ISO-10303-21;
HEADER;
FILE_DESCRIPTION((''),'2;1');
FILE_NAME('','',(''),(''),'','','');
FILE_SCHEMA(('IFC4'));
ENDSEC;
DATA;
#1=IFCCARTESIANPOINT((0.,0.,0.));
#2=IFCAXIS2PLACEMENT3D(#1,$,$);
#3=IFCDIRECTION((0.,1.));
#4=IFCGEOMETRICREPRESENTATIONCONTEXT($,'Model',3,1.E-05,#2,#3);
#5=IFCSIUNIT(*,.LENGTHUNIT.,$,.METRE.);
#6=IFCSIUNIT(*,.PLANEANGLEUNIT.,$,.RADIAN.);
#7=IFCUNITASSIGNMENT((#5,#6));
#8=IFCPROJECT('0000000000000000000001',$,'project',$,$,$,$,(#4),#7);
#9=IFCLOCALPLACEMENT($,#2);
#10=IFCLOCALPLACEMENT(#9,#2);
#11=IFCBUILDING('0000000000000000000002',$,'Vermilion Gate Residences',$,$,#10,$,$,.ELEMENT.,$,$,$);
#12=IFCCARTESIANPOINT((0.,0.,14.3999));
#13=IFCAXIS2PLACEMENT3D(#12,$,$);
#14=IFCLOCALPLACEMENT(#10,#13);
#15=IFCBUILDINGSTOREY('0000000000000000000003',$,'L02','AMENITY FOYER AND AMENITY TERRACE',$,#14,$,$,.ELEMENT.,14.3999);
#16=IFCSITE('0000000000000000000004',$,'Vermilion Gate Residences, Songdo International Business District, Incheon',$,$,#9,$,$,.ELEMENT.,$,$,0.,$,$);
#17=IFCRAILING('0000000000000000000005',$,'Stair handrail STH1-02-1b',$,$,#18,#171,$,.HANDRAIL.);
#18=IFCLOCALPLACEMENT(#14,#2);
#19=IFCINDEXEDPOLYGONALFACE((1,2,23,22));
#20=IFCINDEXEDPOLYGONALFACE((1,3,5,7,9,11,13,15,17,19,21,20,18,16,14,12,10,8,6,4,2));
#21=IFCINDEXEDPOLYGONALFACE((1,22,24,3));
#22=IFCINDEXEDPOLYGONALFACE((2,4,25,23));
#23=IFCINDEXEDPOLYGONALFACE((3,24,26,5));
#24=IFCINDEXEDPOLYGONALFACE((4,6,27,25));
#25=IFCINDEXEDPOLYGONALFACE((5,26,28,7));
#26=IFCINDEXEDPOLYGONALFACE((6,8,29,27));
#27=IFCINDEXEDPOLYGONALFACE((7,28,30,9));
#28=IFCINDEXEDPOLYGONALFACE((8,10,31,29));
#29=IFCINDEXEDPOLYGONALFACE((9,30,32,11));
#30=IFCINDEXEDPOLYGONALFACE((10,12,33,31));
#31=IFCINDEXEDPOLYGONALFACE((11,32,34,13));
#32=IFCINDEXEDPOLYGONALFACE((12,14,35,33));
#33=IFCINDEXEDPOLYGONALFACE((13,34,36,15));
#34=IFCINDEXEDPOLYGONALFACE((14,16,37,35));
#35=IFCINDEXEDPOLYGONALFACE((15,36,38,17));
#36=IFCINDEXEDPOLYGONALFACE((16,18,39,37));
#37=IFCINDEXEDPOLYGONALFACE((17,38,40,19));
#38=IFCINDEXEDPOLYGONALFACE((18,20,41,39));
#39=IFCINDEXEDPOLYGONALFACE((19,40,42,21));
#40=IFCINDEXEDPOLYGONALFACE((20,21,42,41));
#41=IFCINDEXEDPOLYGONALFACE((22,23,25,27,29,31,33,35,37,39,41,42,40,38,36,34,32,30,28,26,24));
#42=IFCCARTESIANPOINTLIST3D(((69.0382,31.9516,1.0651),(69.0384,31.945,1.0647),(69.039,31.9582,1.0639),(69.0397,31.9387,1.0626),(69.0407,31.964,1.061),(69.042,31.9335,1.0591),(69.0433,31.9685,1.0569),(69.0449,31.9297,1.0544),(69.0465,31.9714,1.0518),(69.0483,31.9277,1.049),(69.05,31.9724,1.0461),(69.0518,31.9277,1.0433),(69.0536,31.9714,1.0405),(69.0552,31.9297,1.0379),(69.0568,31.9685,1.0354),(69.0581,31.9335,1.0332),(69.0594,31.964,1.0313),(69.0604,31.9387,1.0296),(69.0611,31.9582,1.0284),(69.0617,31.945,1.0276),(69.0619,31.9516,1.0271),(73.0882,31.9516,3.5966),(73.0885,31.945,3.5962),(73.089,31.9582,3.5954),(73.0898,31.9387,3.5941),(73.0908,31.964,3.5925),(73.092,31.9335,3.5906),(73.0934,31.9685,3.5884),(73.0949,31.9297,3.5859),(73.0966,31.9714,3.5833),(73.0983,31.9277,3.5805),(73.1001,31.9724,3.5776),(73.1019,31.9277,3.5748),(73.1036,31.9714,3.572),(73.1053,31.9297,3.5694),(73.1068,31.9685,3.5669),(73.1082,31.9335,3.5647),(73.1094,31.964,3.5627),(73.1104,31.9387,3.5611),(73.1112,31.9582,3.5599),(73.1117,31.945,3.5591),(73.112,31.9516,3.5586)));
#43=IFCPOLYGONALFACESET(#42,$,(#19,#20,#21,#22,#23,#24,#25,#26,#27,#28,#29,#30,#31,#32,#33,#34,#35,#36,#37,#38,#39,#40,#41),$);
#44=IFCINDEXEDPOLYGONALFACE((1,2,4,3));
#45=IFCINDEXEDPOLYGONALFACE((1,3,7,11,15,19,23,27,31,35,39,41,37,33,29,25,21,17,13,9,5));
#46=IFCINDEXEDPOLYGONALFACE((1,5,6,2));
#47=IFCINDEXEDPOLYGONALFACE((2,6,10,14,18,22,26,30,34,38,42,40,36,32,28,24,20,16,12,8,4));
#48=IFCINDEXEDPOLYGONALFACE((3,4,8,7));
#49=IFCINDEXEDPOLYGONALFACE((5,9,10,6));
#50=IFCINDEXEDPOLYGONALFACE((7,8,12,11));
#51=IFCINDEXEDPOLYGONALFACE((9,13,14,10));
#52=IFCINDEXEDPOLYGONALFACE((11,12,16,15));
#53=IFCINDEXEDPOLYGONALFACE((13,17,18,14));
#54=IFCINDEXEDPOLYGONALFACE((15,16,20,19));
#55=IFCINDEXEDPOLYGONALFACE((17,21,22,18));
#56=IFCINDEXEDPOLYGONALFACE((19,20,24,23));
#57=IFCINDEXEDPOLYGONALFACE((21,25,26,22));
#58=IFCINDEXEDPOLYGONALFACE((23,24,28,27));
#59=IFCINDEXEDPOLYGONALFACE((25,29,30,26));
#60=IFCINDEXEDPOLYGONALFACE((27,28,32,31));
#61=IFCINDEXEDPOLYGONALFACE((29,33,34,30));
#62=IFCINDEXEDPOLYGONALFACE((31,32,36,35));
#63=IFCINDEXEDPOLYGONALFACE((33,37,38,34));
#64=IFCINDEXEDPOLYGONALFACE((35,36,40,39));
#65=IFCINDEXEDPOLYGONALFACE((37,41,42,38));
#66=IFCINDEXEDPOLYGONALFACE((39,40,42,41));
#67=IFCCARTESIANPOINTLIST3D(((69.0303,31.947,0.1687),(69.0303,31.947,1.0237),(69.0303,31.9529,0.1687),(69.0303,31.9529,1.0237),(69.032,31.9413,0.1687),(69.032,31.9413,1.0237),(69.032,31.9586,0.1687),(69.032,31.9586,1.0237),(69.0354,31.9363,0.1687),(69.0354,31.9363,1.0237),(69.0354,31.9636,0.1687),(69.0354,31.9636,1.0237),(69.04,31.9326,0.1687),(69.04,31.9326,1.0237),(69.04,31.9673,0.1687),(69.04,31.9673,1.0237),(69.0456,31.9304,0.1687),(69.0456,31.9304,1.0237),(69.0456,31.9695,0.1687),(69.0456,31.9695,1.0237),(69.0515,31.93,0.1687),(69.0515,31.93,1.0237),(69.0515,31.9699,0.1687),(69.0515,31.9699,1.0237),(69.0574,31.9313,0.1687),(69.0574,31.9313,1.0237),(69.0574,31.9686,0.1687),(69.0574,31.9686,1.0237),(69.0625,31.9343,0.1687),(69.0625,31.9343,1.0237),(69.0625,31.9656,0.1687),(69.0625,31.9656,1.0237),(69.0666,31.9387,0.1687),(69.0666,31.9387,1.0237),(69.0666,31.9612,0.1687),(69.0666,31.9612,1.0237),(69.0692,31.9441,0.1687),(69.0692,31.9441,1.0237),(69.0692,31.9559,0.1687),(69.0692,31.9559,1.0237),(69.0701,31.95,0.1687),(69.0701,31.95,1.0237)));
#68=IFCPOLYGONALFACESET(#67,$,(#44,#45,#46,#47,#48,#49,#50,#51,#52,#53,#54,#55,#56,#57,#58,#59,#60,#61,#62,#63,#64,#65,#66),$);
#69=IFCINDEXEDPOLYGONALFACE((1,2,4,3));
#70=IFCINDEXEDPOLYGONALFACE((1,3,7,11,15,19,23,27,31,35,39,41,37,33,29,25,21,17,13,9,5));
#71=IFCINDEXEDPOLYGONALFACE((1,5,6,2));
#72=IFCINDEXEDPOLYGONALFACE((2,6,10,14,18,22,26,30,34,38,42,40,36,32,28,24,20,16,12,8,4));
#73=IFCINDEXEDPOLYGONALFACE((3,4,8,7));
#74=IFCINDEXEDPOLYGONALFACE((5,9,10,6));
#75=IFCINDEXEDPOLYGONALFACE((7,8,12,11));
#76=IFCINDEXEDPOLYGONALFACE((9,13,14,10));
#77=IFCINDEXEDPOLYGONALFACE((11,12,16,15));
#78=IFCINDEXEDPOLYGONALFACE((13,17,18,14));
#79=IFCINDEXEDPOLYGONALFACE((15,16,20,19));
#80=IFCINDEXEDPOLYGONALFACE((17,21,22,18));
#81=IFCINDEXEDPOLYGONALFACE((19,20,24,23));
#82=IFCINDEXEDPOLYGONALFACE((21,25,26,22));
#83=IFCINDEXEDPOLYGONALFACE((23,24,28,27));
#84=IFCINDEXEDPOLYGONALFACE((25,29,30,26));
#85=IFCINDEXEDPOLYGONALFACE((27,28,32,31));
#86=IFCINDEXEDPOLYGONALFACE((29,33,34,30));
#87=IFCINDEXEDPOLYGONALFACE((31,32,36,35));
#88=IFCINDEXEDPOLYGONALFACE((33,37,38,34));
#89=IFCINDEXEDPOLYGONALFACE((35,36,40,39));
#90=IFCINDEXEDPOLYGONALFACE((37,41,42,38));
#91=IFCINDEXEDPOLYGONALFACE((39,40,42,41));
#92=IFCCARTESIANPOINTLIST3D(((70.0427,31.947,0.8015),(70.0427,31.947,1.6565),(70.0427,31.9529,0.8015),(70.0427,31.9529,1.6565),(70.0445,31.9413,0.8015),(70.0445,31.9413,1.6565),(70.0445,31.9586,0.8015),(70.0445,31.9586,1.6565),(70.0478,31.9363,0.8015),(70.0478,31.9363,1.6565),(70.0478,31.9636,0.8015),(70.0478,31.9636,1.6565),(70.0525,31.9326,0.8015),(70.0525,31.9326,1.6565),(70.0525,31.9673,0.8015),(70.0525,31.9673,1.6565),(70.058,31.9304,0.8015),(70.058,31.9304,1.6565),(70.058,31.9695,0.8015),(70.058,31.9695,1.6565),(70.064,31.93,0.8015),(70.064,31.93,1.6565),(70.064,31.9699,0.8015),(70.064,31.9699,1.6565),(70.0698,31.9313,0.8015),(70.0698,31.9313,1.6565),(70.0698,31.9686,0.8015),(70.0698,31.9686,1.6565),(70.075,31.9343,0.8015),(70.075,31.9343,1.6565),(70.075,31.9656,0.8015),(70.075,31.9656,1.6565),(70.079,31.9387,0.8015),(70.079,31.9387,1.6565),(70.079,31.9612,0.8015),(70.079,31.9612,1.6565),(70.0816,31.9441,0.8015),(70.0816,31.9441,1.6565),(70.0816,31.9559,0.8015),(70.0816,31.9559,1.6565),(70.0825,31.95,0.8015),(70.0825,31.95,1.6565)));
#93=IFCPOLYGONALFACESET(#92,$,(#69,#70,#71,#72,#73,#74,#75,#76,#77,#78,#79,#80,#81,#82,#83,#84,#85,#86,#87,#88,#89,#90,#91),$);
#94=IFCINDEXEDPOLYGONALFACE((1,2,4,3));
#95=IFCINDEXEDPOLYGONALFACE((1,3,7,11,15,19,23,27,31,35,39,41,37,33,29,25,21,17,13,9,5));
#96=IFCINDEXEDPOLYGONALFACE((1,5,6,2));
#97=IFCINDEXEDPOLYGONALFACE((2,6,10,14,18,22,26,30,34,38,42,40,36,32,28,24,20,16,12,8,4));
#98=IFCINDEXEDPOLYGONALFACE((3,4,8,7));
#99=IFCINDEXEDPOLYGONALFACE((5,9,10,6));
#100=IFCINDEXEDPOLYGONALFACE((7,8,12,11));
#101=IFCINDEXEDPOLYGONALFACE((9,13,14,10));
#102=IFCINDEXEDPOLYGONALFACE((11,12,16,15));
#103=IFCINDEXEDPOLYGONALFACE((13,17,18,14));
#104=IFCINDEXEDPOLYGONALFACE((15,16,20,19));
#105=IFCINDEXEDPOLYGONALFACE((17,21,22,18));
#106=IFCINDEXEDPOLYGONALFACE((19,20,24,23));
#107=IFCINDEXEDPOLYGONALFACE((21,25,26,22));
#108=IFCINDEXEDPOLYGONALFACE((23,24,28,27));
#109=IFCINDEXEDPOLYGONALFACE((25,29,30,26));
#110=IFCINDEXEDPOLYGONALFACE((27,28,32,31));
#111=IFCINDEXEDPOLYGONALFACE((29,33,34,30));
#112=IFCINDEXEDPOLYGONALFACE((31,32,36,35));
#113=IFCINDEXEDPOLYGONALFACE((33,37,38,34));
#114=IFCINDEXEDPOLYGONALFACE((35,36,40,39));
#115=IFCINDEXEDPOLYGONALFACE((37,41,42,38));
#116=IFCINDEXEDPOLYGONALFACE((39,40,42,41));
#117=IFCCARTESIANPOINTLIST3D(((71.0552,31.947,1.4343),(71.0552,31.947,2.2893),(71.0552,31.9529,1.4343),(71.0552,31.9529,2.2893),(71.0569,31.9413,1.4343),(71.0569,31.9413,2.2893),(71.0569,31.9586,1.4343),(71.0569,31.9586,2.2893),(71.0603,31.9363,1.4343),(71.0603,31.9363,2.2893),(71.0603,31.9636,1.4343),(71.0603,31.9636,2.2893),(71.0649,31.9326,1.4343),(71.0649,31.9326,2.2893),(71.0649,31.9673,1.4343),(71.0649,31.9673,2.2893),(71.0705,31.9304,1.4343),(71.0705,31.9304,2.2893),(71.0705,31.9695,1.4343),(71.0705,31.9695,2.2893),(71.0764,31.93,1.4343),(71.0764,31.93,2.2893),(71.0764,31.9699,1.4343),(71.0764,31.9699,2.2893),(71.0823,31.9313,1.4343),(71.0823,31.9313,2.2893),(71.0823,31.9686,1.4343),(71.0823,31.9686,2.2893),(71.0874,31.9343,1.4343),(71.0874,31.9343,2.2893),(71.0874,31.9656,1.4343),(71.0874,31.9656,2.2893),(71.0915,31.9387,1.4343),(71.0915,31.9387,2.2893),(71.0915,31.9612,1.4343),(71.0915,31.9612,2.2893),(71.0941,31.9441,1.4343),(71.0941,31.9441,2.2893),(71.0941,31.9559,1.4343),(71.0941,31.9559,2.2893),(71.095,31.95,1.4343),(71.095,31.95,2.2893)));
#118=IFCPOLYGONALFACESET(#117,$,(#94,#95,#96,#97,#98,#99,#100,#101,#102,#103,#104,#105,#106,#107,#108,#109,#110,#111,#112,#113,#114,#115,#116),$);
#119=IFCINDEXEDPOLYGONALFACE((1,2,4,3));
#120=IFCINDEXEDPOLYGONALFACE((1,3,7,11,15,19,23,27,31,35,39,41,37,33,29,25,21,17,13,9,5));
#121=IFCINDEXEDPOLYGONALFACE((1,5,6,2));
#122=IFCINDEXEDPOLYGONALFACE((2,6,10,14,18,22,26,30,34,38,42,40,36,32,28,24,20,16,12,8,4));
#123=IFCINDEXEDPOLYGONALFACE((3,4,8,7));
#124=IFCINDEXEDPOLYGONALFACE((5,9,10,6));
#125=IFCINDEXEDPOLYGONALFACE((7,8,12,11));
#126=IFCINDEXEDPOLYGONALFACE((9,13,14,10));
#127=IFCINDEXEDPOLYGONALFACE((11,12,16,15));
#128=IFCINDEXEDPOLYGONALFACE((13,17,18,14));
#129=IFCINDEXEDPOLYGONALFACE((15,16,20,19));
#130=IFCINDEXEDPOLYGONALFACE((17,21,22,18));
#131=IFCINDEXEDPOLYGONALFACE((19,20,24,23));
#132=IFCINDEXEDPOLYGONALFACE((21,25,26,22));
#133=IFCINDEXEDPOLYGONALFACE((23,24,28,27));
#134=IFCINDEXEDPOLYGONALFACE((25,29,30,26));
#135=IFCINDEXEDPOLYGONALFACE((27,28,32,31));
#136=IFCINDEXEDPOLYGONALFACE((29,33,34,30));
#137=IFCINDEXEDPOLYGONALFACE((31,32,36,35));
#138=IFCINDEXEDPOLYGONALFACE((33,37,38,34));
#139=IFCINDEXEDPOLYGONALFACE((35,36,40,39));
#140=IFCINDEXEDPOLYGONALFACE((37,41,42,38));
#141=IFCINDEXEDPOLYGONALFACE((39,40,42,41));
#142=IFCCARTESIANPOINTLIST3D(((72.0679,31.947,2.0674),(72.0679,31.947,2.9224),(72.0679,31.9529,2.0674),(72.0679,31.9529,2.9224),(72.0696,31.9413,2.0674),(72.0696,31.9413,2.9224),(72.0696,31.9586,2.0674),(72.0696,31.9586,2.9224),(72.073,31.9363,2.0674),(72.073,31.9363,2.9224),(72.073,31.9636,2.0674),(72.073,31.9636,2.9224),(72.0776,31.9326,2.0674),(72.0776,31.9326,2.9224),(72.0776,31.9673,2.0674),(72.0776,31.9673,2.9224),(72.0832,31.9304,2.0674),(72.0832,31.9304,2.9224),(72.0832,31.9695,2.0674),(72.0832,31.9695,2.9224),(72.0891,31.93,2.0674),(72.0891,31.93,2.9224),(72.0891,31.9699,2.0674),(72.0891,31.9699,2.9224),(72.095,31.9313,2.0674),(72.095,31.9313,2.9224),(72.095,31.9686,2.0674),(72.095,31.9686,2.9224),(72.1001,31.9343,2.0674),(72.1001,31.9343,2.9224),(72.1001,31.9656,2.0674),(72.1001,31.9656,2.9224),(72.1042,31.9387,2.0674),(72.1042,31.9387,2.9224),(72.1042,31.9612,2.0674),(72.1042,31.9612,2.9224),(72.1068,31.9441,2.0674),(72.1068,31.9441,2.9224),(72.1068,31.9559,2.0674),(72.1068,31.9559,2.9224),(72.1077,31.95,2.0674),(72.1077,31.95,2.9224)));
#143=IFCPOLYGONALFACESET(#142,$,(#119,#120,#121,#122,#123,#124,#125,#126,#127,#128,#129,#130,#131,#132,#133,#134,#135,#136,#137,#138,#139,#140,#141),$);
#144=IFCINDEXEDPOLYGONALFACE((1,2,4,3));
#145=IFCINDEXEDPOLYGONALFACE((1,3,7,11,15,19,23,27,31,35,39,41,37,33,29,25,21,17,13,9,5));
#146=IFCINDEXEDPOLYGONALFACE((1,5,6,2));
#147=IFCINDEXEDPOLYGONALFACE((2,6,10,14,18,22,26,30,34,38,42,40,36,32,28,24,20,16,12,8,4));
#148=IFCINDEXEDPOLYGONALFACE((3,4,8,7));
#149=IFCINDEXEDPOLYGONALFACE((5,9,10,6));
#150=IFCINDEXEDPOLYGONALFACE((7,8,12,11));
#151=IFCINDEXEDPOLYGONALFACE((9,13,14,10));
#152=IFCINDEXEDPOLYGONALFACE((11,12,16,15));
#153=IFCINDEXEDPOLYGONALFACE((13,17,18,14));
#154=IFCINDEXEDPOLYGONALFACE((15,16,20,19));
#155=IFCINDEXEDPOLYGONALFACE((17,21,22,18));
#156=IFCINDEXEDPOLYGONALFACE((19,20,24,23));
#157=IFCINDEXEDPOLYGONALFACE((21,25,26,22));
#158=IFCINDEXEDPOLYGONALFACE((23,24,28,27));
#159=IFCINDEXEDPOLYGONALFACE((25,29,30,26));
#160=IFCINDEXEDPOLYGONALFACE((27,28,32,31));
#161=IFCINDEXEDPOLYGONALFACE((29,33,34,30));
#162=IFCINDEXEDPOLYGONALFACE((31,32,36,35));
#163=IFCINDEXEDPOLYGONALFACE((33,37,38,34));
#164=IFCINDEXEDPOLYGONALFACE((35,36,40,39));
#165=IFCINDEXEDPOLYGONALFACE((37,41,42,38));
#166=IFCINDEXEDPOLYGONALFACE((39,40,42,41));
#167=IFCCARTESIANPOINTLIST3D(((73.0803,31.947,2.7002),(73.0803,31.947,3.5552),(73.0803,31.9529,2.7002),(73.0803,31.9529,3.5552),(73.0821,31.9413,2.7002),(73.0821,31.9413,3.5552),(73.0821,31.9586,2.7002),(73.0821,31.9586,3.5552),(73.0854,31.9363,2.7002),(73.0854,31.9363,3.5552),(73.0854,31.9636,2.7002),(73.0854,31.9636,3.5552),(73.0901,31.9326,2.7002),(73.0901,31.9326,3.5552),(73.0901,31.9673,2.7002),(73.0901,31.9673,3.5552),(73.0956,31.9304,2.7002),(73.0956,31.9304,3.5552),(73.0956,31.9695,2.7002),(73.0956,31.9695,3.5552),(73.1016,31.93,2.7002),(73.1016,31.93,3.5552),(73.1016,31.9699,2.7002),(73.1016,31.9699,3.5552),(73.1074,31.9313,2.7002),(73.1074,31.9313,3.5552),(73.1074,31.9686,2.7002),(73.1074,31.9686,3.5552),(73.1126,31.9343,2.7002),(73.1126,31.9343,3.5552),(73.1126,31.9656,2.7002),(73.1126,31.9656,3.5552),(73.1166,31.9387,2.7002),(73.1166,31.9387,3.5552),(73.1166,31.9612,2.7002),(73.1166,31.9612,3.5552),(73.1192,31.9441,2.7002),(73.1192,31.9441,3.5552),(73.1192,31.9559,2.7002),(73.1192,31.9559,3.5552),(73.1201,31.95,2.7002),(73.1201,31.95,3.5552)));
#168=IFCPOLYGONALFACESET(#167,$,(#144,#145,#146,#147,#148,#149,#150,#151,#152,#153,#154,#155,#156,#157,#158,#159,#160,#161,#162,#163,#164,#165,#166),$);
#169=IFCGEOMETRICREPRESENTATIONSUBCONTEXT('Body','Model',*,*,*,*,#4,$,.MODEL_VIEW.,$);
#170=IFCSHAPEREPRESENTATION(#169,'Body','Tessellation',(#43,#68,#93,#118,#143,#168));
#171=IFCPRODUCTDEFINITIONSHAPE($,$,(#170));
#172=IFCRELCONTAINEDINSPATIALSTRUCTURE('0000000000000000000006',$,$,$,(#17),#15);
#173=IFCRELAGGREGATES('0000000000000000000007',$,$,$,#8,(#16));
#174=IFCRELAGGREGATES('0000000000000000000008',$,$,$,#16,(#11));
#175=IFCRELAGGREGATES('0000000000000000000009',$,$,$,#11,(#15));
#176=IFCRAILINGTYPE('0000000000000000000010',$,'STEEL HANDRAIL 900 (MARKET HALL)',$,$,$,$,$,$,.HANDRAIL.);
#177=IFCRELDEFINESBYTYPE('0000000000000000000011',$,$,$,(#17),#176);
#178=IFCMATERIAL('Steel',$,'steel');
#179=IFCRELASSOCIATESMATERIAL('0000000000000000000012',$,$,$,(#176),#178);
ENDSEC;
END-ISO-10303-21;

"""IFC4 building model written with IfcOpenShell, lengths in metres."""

from ifc_helpers import new_model, si_unit, direction, frame, origin, origin_2d, place, context, subcontext, project, spatial, circle, extrude, material, type_object, element, save


model = new_model("IFC4")

# Units and contexts
model_context = context("Model", 3, precision=1e-05, world=origin(), true_north=direction((0.0, 1.0)))
body_context = subcontext(model_context, "Body", "Model", "MODEL_VIEW")
ifc_project = project(units=[si_unit("LENGTHUNIT", "METRE"), si_unit("PLANEANGLEUNIT", "RADIAN")], contexts=[model_context])

# Site, building, storey
site_placement = place(None, origin())
site = spatial("IfcSite", under=ifc_project, at=site_placement, Name="Vermilion Gate Residences, Songdo International Business District, Incheon", CompositionType="ELEMENT", RefElevation=0.0)
building_placement = place(site_placement, origin())
building = spatial("IfcBuilding", under=site, at=building_placement, Name="Vermilion Gate Residences", CompositionType="ELEMENT")
storey_placement = place(building_placement, frame((0.0, 0.0, 14.3999)))
storey = spatial("IfcBuildingStorey", under=building, at=storey_placement, Name="L02", Description="AMENITY FOYER AND AMENITY TERRACE", CompositionType="ELEMENT", Elevation=14.3999)

# Railing
ifc_material_1 = material(Name="Steel", Category="steel")
railing_type_1 = type_object("IfcRailingType", Name="STEEL HANDRAIL 900 (MARKET HALL)", PredefinedType="HANDRAIL", material=ifc_material_1)
for number, where, name in (
    (1, (69.05, 31.95, 0.1687), "Stair handrail STH1-02-1b"),
):
    element("IfcRailing", number, at=place(storey_placement, frame(where)), inside=storey, type_object=railing_type_1, Name=name, PredefinedType="HANDRAIL", context=body_context, shape_type="SweptSolid", body=[
        extrude(circle(Radius=0.0225, at=origin_2d()), frame((0.0, 0.0, 0.8774), z_axis=(0.847978, 0.0, 0.530031), x_axis=(0.0, 1.0, 0.0)), (0.0, 0.0, 1.0), 4.7761),
        extrude(circle(Radius=0.02, at=origin_2d()), origin(), (0.0, 0.0, 1.0), 0.855),
        extrude(circle(Radius=0.02, at=origin_2d()), frame((1.0125, 0.0, 0.6328)), (0.0, 0.0, 1.0), 0.855),
        extrude(circle(Radius=0.02, at=origin_2d()), frame((2.0249, 0.0, 1.2656)), (0.0, 0.0, 1.0), 0.855),
        extrude(circle(Radius=0.02, at=origin_2d()), frame((3.0376, 0.0, 1.8987)), (0.0, 0.0, 1.0), 0.855),
        extrude(circle(Radius=0.02, at=origin_2d()), frame((4.05, 0.0, 2.5315)), (0.0, 0.0, 1.0), 0.855),
    ])

save(model, "model.ifc")
